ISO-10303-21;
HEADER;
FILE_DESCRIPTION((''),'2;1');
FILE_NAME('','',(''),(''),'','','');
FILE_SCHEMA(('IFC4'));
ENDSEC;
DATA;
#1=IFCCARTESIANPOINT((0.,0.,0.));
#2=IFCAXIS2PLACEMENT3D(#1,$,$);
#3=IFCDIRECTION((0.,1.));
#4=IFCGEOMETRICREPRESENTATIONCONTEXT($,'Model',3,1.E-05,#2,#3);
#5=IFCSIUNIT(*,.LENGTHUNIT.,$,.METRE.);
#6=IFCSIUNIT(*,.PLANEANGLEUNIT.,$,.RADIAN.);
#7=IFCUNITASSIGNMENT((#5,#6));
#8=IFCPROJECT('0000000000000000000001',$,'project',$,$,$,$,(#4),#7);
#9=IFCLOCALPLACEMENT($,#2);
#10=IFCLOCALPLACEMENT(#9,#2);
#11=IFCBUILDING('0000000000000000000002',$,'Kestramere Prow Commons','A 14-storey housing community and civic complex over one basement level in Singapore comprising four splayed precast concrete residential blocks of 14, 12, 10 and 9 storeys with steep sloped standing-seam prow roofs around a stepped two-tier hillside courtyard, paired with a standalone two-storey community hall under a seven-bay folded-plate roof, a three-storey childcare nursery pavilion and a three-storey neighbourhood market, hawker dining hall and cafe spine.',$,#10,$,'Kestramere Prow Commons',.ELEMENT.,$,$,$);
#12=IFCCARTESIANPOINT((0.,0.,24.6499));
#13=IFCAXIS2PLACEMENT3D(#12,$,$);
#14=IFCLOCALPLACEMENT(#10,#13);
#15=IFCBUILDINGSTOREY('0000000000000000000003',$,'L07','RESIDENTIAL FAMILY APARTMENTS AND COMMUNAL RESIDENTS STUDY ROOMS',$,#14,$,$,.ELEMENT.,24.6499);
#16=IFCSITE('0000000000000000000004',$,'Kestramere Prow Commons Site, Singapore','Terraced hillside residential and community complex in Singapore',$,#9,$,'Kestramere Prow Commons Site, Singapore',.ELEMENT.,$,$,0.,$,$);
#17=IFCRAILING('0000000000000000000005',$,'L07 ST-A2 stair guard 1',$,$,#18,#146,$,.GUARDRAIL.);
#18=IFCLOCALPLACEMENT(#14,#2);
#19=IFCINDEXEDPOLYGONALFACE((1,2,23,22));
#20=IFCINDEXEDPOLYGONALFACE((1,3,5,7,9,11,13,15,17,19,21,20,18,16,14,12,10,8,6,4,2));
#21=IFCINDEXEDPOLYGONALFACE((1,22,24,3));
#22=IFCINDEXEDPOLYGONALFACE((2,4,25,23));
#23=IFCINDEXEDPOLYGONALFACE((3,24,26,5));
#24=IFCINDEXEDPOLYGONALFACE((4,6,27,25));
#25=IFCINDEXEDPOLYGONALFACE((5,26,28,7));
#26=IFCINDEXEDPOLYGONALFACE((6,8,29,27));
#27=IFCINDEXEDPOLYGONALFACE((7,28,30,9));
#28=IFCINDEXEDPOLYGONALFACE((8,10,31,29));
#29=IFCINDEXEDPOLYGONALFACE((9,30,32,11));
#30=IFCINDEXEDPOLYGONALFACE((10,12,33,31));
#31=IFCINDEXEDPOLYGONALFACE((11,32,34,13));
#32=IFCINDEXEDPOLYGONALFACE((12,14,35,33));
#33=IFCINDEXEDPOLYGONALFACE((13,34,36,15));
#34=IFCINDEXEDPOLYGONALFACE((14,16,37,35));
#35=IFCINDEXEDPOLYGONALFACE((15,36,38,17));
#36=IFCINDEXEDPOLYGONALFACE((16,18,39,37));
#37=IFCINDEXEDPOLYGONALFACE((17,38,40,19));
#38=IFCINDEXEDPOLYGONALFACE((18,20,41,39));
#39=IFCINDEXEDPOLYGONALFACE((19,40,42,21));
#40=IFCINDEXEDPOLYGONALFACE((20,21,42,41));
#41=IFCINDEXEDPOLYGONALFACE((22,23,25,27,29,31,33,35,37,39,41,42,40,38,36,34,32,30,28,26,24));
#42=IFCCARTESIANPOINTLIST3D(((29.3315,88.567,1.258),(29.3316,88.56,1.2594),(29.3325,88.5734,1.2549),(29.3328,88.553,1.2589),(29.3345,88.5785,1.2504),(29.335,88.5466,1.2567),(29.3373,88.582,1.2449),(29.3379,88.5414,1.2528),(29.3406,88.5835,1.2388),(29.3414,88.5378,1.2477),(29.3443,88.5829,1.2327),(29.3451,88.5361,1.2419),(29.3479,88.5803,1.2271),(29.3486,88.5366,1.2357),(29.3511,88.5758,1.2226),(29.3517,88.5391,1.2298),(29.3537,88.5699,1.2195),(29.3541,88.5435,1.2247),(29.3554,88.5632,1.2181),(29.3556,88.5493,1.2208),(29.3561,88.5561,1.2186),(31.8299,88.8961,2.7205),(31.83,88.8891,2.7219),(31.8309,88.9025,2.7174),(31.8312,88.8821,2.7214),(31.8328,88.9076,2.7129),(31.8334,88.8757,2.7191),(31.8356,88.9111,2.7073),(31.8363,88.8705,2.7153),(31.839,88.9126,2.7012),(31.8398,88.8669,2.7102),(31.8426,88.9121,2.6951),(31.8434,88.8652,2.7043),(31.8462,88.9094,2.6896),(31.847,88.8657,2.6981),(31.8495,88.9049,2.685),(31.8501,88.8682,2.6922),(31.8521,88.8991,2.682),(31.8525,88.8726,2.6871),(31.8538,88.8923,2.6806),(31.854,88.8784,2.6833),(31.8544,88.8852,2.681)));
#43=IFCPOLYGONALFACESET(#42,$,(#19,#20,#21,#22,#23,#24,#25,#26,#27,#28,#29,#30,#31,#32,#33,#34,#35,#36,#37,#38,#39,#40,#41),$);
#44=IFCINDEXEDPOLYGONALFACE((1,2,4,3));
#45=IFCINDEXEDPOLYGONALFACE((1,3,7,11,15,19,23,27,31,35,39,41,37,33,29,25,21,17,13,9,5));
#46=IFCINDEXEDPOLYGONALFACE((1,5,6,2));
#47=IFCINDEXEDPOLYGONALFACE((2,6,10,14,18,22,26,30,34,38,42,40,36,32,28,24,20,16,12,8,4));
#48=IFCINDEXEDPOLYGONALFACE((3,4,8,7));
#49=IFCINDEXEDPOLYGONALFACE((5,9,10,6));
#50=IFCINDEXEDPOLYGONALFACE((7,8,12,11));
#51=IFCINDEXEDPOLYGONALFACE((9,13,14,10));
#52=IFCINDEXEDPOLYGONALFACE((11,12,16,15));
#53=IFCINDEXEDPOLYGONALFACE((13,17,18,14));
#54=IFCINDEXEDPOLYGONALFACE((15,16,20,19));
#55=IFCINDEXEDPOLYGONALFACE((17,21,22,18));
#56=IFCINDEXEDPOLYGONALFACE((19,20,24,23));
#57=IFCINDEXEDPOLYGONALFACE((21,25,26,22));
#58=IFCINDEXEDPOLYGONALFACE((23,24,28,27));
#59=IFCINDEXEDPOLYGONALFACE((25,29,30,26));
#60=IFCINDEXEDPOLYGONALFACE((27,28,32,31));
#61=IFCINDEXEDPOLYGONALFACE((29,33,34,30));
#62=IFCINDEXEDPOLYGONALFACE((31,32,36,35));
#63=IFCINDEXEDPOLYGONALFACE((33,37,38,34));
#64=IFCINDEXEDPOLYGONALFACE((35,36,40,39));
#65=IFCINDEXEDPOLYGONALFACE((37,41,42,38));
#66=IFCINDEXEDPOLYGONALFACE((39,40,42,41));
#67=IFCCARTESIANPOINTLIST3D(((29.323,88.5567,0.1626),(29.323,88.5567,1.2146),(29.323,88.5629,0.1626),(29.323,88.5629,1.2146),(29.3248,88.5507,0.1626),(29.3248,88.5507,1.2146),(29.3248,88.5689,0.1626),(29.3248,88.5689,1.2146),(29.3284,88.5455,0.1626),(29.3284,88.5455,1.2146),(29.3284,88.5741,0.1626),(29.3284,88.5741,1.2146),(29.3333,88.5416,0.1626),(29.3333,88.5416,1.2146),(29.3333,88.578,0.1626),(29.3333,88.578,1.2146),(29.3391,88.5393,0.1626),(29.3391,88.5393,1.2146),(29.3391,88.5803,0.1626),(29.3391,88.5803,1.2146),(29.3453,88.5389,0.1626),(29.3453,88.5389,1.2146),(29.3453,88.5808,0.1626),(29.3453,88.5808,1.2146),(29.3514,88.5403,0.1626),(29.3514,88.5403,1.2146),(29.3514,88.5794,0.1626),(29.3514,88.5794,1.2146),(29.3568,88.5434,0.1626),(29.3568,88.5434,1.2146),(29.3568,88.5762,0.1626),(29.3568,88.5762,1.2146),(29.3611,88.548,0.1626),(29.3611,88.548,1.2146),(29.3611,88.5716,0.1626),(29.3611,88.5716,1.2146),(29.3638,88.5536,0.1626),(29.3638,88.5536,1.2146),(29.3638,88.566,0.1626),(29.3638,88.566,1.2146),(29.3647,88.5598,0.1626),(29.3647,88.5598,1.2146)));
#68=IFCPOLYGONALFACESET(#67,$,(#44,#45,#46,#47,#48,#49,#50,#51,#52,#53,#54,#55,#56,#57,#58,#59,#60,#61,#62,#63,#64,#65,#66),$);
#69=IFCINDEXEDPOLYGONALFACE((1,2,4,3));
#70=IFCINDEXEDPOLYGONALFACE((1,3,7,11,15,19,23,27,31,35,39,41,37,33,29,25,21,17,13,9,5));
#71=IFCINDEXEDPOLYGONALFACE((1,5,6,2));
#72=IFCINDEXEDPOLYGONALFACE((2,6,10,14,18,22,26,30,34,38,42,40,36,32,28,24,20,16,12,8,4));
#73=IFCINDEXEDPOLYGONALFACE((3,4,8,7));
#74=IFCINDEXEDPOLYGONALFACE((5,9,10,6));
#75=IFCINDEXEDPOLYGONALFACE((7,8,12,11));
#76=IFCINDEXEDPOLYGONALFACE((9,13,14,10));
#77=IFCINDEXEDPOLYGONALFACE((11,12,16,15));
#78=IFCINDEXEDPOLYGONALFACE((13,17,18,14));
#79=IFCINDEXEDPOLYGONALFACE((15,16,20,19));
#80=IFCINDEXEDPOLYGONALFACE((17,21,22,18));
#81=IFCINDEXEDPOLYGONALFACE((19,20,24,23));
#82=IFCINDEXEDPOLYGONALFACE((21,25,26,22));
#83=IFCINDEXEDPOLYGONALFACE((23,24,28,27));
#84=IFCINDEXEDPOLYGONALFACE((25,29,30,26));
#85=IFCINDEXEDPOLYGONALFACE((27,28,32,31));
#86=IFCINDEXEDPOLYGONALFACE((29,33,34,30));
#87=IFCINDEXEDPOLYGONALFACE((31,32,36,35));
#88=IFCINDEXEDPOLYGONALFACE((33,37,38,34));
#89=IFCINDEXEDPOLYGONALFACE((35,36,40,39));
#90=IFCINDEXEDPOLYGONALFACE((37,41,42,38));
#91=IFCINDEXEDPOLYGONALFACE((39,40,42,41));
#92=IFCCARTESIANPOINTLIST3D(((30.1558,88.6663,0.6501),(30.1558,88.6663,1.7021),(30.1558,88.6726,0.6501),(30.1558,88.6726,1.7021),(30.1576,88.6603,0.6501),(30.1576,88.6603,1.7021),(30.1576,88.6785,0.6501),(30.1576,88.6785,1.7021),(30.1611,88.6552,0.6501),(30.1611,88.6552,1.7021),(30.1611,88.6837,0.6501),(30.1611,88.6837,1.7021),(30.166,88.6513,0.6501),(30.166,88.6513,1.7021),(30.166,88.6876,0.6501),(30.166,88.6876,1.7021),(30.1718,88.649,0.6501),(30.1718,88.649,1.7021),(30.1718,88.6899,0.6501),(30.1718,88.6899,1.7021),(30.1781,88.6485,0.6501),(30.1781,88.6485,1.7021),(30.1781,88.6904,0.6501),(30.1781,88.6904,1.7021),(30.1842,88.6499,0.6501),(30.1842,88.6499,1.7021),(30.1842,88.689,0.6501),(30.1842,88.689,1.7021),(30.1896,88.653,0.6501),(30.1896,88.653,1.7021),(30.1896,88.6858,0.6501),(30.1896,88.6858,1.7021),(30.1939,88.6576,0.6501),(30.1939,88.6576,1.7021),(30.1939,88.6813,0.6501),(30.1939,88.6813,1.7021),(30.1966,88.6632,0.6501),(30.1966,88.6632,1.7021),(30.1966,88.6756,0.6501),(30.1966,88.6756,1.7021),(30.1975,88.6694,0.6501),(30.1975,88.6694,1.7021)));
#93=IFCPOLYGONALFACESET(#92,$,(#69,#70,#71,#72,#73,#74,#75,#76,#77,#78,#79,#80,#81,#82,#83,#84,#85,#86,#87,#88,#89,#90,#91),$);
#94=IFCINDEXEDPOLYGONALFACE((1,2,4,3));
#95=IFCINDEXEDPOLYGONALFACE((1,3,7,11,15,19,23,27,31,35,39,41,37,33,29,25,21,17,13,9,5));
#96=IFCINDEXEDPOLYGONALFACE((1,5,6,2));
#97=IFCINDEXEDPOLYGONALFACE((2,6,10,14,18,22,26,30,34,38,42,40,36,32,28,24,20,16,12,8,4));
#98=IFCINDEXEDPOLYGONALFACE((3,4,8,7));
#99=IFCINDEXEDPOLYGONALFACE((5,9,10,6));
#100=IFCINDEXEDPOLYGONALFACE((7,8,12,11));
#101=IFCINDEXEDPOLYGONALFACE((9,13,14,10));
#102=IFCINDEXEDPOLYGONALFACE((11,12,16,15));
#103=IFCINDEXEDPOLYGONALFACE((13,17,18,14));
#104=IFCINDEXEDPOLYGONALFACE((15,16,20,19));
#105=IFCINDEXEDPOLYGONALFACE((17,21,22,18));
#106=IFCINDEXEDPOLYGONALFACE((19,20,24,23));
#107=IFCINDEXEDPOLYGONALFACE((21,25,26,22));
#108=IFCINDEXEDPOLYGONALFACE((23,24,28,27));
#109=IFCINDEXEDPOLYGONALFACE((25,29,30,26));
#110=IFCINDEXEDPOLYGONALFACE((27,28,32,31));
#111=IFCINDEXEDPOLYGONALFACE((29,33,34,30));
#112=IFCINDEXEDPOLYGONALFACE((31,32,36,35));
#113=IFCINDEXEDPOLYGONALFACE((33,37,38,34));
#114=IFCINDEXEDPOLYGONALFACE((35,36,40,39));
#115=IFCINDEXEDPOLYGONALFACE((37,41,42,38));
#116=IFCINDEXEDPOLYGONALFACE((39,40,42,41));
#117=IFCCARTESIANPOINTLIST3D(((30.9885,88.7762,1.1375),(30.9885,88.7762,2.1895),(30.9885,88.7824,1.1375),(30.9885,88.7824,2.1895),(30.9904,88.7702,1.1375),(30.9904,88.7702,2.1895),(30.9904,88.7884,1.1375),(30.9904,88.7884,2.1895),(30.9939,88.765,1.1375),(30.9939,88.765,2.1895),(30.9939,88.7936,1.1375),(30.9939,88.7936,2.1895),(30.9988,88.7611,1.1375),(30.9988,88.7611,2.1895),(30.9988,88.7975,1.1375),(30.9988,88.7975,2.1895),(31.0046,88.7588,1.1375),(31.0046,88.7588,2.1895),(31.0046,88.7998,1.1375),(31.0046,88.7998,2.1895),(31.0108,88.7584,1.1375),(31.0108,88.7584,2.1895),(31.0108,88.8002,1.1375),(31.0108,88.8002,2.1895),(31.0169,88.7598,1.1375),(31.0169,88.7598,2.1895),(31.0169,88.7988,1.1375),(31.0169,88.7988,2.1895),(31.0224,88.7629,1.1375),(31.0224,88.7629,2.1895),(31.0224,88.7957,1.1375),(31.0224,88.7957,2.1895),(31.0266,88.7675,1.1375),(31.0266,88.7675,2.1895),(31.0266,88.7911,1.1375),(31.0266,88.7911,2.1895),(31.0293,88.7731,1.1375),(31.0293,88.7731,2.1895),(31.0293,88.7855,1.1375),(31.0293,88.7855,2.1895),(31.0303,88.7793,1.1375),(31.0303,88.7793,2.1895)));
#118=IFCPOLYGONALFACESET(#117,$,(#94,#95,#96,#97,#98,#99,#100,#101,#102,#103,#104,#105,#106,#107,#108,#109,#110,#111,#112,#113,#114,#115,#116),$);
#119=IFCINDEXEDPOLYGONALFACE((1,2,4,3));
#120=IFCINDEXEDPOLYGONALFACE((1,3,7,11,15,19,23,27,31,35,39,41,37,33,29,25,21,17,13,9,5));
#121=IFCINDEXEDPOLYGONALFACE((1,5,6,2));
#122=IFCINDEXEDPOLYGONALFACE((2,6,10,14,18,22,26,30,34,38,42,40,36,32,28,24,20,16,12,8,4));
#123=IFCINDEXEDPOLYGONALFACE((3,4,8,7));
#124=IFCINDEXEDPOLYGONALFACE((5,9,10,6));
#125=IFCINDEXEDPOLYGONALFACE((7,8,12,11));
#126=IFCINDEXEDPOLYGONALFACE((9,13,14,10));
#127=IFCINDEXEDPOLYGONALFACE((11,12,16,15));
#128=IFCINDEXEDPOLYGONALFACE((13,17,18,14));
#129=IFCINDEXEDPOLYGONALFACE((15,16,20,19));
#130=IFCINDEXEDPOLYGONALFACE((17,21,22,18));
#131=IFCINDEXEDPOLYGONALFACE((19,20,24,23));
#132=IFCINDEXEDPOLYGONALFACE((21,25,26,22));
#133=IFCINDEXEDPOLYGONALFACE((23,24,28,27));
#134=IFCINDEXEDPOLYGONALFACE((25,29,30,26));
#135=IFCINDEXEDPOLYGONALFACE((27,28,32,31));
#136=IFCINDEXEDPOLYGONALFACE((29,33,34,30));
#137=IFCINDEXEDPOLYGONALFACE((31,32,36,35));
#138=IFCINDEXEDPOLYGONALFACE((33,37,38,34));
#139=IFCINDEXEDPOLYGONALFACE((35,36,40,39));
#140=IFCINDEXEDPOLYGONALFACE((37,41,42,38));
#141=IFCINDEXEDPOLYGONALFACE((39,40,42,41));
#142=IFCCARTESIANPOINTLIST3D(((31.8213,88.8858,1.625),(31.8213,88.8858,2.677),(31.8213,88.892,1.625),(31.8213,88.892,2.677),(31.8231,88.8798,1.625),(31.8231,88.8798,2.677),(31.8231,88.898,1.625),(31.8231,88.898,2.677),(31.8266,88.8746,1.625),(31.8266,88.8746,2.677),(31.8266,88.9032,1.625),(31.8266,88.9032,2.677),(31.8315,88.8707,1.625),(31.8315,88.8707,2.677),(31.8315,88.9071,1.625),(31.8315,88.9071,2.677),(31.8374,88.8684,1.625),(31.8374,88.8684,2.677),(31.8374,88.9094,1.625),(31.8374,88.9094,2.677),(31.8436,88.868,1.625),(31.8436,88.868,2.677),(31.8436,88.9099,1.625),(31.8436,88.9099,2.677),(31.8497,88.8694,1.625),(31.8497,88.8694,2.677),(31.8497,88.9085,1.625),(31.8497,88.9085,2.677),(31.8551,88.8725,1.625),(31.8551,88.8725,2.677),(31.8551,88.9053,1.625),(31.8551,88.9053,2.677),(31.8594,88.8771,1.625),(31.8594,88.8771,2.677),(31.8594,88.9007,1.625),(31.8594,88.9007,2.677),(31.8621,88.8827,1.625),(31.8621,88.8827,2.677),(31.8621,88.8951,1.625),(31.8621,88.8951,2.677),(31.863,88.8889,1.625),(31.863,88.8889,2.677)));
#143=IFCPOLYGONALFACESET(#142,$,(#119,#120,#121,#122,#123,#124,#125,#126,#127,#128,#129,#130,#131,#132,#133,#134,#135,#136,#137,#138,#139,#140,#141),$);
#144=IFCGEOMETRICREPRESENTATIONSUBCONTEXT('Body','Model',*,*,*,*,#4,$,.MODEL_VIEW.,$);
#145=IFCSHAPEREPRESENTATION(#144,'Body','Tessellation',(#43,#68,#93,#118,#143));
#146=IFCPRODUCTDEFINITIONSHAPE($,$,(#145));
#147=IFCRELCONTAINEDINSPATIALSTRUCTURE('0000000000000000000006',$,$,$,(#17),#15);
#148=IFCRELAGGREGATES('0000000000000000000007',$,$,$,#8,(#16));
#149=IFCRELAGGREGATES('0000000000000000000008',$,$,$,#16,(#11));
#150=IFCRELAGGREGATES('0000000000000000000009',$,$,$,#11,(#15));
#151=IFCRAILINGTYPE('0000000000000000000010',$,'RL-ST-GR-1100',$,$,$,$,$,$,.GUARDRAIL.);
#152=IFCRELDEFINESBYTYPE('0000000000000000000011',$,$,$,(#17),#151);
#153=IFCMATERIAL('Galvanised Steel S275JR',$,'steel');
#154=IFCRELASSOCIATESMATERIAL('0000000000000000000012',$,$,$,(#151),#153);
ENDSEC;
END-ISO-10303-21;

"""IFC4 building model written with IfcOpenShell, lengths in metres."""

from ifc_helpers import new_model, si_unit, direction, frame, origin, origin_2d, place, context, subcontext, project, spatial, circle, extrude, material, type_object, element, save


model = new_model("IFC4")

# Units and contexts
model_context = context("Model", 3, precision=1e-05, world=origin(), true_north=direction((0.0, 1.0)))
body_context = subcontext(model_context, "Body", "Model", "MODEL_VIEW")
ifc_project = project(units=[si_unit("LENGTHUNIT", "METRE"), si_unit("PLANEANGLEUNIT", "RADIAN")], contexts=[model_context])

# Site, building, storey
site_placement = place(None, origin())
site = spatial("IfcSite", under=ifc_project, at=site_placement, Name="Kestramere Prow Commons Site, Singapore", Description="Terraced hillside residential and community complex in Singapore", LongName="Kestramere Prow Commons Site, Singapore", CompositionType="ELEMENT", RefElevation=0.0)
building_placement = place(site_placement, origin())
building = spatial("IfcBuilding", under=site, at=building_placement, Name="Kestramere Prow Commons", Description="A 14-storey housing community and civic complex over one basement level in Singapore comprising four splayed precast concrete residential blocks of 14, 12, 10 and 9 storeys with steep sloped standing-seam prow roofs around a stepped two-tier hillside courtyard, paired with a standalone two-storey community hall under a seven-bay folded-plate roof, a three-storey childcare nursery pavilion and a three-storey neighbourhood market, hawker dining hall and cafe spine.", LongName="Kestramere Prow Commons", CompositionType="ELEMENT")
storey_placement = place(building_placement, frame((0.0, 0.0, 24.6499)))
storey = spatial("IfcBuildingStorey", under=building, at=storey_placement, Name="L07", Description="RESIDENTIAL FAMILY APARTMENTS AND COMMUNAL RESIDENTS STUDY ROOMS", CompositionType="ELEMENT", Elevation=24.6499)

# Railing
ifc_material_1 = material(Name="Galvanised Steel S275JR", Category="steel")
railing_type_1 = type_object("IfcRailingType", Name="RL-ST-GR-1100", PredefinedType="GUARDRAIL", material=ifc_material_1)
railing_1_placement = place(storey_placement, frame((29.3438, 88.5598, 0.1626)))
element("IfcRailing", 1, at=railing_1_placement, inside=storey, type_object=railing_type_1, Name="L07 ST-A2 stair guard 1", PredefinedType="GUARDRAIL", context=body_context, shape_type="SweptSolid", body=[
    extrude(circle(Radius=0.0239, at=origin_2d()), frame((0.0, 0.0, 1.0762), z_axis=(0.857493, 0.112958, 0.501943), x_axis=(-0.130602, 0.991435, 0.0)), (0.0, 0.0, 1.0), 2.9136),
    extrude(circle(Radius=0.021, at=origin_2d()), origin(), (0.0, 0.0, 1.0), 1.052),
    extrude(circle(Radius=0.021, at=origin_2d()), frame((0.8328, 0.1096, 0.4875)), (0.0, 0.0, 1.0), 1.052),
    extrude(circle(Radius=0.021, at=origin_2d()), frame((1.6655, 0.2195, 0.9749)), (0.0, 0.0, 1.0), 1.052),
    extrude(circle(Radius=0.021, at=origin_2d()), frame((2.4983, 0.3291, 1.4624)), (0.0, 0.0, 1.0), 1.052),
])

save(model, "model.ifc")
